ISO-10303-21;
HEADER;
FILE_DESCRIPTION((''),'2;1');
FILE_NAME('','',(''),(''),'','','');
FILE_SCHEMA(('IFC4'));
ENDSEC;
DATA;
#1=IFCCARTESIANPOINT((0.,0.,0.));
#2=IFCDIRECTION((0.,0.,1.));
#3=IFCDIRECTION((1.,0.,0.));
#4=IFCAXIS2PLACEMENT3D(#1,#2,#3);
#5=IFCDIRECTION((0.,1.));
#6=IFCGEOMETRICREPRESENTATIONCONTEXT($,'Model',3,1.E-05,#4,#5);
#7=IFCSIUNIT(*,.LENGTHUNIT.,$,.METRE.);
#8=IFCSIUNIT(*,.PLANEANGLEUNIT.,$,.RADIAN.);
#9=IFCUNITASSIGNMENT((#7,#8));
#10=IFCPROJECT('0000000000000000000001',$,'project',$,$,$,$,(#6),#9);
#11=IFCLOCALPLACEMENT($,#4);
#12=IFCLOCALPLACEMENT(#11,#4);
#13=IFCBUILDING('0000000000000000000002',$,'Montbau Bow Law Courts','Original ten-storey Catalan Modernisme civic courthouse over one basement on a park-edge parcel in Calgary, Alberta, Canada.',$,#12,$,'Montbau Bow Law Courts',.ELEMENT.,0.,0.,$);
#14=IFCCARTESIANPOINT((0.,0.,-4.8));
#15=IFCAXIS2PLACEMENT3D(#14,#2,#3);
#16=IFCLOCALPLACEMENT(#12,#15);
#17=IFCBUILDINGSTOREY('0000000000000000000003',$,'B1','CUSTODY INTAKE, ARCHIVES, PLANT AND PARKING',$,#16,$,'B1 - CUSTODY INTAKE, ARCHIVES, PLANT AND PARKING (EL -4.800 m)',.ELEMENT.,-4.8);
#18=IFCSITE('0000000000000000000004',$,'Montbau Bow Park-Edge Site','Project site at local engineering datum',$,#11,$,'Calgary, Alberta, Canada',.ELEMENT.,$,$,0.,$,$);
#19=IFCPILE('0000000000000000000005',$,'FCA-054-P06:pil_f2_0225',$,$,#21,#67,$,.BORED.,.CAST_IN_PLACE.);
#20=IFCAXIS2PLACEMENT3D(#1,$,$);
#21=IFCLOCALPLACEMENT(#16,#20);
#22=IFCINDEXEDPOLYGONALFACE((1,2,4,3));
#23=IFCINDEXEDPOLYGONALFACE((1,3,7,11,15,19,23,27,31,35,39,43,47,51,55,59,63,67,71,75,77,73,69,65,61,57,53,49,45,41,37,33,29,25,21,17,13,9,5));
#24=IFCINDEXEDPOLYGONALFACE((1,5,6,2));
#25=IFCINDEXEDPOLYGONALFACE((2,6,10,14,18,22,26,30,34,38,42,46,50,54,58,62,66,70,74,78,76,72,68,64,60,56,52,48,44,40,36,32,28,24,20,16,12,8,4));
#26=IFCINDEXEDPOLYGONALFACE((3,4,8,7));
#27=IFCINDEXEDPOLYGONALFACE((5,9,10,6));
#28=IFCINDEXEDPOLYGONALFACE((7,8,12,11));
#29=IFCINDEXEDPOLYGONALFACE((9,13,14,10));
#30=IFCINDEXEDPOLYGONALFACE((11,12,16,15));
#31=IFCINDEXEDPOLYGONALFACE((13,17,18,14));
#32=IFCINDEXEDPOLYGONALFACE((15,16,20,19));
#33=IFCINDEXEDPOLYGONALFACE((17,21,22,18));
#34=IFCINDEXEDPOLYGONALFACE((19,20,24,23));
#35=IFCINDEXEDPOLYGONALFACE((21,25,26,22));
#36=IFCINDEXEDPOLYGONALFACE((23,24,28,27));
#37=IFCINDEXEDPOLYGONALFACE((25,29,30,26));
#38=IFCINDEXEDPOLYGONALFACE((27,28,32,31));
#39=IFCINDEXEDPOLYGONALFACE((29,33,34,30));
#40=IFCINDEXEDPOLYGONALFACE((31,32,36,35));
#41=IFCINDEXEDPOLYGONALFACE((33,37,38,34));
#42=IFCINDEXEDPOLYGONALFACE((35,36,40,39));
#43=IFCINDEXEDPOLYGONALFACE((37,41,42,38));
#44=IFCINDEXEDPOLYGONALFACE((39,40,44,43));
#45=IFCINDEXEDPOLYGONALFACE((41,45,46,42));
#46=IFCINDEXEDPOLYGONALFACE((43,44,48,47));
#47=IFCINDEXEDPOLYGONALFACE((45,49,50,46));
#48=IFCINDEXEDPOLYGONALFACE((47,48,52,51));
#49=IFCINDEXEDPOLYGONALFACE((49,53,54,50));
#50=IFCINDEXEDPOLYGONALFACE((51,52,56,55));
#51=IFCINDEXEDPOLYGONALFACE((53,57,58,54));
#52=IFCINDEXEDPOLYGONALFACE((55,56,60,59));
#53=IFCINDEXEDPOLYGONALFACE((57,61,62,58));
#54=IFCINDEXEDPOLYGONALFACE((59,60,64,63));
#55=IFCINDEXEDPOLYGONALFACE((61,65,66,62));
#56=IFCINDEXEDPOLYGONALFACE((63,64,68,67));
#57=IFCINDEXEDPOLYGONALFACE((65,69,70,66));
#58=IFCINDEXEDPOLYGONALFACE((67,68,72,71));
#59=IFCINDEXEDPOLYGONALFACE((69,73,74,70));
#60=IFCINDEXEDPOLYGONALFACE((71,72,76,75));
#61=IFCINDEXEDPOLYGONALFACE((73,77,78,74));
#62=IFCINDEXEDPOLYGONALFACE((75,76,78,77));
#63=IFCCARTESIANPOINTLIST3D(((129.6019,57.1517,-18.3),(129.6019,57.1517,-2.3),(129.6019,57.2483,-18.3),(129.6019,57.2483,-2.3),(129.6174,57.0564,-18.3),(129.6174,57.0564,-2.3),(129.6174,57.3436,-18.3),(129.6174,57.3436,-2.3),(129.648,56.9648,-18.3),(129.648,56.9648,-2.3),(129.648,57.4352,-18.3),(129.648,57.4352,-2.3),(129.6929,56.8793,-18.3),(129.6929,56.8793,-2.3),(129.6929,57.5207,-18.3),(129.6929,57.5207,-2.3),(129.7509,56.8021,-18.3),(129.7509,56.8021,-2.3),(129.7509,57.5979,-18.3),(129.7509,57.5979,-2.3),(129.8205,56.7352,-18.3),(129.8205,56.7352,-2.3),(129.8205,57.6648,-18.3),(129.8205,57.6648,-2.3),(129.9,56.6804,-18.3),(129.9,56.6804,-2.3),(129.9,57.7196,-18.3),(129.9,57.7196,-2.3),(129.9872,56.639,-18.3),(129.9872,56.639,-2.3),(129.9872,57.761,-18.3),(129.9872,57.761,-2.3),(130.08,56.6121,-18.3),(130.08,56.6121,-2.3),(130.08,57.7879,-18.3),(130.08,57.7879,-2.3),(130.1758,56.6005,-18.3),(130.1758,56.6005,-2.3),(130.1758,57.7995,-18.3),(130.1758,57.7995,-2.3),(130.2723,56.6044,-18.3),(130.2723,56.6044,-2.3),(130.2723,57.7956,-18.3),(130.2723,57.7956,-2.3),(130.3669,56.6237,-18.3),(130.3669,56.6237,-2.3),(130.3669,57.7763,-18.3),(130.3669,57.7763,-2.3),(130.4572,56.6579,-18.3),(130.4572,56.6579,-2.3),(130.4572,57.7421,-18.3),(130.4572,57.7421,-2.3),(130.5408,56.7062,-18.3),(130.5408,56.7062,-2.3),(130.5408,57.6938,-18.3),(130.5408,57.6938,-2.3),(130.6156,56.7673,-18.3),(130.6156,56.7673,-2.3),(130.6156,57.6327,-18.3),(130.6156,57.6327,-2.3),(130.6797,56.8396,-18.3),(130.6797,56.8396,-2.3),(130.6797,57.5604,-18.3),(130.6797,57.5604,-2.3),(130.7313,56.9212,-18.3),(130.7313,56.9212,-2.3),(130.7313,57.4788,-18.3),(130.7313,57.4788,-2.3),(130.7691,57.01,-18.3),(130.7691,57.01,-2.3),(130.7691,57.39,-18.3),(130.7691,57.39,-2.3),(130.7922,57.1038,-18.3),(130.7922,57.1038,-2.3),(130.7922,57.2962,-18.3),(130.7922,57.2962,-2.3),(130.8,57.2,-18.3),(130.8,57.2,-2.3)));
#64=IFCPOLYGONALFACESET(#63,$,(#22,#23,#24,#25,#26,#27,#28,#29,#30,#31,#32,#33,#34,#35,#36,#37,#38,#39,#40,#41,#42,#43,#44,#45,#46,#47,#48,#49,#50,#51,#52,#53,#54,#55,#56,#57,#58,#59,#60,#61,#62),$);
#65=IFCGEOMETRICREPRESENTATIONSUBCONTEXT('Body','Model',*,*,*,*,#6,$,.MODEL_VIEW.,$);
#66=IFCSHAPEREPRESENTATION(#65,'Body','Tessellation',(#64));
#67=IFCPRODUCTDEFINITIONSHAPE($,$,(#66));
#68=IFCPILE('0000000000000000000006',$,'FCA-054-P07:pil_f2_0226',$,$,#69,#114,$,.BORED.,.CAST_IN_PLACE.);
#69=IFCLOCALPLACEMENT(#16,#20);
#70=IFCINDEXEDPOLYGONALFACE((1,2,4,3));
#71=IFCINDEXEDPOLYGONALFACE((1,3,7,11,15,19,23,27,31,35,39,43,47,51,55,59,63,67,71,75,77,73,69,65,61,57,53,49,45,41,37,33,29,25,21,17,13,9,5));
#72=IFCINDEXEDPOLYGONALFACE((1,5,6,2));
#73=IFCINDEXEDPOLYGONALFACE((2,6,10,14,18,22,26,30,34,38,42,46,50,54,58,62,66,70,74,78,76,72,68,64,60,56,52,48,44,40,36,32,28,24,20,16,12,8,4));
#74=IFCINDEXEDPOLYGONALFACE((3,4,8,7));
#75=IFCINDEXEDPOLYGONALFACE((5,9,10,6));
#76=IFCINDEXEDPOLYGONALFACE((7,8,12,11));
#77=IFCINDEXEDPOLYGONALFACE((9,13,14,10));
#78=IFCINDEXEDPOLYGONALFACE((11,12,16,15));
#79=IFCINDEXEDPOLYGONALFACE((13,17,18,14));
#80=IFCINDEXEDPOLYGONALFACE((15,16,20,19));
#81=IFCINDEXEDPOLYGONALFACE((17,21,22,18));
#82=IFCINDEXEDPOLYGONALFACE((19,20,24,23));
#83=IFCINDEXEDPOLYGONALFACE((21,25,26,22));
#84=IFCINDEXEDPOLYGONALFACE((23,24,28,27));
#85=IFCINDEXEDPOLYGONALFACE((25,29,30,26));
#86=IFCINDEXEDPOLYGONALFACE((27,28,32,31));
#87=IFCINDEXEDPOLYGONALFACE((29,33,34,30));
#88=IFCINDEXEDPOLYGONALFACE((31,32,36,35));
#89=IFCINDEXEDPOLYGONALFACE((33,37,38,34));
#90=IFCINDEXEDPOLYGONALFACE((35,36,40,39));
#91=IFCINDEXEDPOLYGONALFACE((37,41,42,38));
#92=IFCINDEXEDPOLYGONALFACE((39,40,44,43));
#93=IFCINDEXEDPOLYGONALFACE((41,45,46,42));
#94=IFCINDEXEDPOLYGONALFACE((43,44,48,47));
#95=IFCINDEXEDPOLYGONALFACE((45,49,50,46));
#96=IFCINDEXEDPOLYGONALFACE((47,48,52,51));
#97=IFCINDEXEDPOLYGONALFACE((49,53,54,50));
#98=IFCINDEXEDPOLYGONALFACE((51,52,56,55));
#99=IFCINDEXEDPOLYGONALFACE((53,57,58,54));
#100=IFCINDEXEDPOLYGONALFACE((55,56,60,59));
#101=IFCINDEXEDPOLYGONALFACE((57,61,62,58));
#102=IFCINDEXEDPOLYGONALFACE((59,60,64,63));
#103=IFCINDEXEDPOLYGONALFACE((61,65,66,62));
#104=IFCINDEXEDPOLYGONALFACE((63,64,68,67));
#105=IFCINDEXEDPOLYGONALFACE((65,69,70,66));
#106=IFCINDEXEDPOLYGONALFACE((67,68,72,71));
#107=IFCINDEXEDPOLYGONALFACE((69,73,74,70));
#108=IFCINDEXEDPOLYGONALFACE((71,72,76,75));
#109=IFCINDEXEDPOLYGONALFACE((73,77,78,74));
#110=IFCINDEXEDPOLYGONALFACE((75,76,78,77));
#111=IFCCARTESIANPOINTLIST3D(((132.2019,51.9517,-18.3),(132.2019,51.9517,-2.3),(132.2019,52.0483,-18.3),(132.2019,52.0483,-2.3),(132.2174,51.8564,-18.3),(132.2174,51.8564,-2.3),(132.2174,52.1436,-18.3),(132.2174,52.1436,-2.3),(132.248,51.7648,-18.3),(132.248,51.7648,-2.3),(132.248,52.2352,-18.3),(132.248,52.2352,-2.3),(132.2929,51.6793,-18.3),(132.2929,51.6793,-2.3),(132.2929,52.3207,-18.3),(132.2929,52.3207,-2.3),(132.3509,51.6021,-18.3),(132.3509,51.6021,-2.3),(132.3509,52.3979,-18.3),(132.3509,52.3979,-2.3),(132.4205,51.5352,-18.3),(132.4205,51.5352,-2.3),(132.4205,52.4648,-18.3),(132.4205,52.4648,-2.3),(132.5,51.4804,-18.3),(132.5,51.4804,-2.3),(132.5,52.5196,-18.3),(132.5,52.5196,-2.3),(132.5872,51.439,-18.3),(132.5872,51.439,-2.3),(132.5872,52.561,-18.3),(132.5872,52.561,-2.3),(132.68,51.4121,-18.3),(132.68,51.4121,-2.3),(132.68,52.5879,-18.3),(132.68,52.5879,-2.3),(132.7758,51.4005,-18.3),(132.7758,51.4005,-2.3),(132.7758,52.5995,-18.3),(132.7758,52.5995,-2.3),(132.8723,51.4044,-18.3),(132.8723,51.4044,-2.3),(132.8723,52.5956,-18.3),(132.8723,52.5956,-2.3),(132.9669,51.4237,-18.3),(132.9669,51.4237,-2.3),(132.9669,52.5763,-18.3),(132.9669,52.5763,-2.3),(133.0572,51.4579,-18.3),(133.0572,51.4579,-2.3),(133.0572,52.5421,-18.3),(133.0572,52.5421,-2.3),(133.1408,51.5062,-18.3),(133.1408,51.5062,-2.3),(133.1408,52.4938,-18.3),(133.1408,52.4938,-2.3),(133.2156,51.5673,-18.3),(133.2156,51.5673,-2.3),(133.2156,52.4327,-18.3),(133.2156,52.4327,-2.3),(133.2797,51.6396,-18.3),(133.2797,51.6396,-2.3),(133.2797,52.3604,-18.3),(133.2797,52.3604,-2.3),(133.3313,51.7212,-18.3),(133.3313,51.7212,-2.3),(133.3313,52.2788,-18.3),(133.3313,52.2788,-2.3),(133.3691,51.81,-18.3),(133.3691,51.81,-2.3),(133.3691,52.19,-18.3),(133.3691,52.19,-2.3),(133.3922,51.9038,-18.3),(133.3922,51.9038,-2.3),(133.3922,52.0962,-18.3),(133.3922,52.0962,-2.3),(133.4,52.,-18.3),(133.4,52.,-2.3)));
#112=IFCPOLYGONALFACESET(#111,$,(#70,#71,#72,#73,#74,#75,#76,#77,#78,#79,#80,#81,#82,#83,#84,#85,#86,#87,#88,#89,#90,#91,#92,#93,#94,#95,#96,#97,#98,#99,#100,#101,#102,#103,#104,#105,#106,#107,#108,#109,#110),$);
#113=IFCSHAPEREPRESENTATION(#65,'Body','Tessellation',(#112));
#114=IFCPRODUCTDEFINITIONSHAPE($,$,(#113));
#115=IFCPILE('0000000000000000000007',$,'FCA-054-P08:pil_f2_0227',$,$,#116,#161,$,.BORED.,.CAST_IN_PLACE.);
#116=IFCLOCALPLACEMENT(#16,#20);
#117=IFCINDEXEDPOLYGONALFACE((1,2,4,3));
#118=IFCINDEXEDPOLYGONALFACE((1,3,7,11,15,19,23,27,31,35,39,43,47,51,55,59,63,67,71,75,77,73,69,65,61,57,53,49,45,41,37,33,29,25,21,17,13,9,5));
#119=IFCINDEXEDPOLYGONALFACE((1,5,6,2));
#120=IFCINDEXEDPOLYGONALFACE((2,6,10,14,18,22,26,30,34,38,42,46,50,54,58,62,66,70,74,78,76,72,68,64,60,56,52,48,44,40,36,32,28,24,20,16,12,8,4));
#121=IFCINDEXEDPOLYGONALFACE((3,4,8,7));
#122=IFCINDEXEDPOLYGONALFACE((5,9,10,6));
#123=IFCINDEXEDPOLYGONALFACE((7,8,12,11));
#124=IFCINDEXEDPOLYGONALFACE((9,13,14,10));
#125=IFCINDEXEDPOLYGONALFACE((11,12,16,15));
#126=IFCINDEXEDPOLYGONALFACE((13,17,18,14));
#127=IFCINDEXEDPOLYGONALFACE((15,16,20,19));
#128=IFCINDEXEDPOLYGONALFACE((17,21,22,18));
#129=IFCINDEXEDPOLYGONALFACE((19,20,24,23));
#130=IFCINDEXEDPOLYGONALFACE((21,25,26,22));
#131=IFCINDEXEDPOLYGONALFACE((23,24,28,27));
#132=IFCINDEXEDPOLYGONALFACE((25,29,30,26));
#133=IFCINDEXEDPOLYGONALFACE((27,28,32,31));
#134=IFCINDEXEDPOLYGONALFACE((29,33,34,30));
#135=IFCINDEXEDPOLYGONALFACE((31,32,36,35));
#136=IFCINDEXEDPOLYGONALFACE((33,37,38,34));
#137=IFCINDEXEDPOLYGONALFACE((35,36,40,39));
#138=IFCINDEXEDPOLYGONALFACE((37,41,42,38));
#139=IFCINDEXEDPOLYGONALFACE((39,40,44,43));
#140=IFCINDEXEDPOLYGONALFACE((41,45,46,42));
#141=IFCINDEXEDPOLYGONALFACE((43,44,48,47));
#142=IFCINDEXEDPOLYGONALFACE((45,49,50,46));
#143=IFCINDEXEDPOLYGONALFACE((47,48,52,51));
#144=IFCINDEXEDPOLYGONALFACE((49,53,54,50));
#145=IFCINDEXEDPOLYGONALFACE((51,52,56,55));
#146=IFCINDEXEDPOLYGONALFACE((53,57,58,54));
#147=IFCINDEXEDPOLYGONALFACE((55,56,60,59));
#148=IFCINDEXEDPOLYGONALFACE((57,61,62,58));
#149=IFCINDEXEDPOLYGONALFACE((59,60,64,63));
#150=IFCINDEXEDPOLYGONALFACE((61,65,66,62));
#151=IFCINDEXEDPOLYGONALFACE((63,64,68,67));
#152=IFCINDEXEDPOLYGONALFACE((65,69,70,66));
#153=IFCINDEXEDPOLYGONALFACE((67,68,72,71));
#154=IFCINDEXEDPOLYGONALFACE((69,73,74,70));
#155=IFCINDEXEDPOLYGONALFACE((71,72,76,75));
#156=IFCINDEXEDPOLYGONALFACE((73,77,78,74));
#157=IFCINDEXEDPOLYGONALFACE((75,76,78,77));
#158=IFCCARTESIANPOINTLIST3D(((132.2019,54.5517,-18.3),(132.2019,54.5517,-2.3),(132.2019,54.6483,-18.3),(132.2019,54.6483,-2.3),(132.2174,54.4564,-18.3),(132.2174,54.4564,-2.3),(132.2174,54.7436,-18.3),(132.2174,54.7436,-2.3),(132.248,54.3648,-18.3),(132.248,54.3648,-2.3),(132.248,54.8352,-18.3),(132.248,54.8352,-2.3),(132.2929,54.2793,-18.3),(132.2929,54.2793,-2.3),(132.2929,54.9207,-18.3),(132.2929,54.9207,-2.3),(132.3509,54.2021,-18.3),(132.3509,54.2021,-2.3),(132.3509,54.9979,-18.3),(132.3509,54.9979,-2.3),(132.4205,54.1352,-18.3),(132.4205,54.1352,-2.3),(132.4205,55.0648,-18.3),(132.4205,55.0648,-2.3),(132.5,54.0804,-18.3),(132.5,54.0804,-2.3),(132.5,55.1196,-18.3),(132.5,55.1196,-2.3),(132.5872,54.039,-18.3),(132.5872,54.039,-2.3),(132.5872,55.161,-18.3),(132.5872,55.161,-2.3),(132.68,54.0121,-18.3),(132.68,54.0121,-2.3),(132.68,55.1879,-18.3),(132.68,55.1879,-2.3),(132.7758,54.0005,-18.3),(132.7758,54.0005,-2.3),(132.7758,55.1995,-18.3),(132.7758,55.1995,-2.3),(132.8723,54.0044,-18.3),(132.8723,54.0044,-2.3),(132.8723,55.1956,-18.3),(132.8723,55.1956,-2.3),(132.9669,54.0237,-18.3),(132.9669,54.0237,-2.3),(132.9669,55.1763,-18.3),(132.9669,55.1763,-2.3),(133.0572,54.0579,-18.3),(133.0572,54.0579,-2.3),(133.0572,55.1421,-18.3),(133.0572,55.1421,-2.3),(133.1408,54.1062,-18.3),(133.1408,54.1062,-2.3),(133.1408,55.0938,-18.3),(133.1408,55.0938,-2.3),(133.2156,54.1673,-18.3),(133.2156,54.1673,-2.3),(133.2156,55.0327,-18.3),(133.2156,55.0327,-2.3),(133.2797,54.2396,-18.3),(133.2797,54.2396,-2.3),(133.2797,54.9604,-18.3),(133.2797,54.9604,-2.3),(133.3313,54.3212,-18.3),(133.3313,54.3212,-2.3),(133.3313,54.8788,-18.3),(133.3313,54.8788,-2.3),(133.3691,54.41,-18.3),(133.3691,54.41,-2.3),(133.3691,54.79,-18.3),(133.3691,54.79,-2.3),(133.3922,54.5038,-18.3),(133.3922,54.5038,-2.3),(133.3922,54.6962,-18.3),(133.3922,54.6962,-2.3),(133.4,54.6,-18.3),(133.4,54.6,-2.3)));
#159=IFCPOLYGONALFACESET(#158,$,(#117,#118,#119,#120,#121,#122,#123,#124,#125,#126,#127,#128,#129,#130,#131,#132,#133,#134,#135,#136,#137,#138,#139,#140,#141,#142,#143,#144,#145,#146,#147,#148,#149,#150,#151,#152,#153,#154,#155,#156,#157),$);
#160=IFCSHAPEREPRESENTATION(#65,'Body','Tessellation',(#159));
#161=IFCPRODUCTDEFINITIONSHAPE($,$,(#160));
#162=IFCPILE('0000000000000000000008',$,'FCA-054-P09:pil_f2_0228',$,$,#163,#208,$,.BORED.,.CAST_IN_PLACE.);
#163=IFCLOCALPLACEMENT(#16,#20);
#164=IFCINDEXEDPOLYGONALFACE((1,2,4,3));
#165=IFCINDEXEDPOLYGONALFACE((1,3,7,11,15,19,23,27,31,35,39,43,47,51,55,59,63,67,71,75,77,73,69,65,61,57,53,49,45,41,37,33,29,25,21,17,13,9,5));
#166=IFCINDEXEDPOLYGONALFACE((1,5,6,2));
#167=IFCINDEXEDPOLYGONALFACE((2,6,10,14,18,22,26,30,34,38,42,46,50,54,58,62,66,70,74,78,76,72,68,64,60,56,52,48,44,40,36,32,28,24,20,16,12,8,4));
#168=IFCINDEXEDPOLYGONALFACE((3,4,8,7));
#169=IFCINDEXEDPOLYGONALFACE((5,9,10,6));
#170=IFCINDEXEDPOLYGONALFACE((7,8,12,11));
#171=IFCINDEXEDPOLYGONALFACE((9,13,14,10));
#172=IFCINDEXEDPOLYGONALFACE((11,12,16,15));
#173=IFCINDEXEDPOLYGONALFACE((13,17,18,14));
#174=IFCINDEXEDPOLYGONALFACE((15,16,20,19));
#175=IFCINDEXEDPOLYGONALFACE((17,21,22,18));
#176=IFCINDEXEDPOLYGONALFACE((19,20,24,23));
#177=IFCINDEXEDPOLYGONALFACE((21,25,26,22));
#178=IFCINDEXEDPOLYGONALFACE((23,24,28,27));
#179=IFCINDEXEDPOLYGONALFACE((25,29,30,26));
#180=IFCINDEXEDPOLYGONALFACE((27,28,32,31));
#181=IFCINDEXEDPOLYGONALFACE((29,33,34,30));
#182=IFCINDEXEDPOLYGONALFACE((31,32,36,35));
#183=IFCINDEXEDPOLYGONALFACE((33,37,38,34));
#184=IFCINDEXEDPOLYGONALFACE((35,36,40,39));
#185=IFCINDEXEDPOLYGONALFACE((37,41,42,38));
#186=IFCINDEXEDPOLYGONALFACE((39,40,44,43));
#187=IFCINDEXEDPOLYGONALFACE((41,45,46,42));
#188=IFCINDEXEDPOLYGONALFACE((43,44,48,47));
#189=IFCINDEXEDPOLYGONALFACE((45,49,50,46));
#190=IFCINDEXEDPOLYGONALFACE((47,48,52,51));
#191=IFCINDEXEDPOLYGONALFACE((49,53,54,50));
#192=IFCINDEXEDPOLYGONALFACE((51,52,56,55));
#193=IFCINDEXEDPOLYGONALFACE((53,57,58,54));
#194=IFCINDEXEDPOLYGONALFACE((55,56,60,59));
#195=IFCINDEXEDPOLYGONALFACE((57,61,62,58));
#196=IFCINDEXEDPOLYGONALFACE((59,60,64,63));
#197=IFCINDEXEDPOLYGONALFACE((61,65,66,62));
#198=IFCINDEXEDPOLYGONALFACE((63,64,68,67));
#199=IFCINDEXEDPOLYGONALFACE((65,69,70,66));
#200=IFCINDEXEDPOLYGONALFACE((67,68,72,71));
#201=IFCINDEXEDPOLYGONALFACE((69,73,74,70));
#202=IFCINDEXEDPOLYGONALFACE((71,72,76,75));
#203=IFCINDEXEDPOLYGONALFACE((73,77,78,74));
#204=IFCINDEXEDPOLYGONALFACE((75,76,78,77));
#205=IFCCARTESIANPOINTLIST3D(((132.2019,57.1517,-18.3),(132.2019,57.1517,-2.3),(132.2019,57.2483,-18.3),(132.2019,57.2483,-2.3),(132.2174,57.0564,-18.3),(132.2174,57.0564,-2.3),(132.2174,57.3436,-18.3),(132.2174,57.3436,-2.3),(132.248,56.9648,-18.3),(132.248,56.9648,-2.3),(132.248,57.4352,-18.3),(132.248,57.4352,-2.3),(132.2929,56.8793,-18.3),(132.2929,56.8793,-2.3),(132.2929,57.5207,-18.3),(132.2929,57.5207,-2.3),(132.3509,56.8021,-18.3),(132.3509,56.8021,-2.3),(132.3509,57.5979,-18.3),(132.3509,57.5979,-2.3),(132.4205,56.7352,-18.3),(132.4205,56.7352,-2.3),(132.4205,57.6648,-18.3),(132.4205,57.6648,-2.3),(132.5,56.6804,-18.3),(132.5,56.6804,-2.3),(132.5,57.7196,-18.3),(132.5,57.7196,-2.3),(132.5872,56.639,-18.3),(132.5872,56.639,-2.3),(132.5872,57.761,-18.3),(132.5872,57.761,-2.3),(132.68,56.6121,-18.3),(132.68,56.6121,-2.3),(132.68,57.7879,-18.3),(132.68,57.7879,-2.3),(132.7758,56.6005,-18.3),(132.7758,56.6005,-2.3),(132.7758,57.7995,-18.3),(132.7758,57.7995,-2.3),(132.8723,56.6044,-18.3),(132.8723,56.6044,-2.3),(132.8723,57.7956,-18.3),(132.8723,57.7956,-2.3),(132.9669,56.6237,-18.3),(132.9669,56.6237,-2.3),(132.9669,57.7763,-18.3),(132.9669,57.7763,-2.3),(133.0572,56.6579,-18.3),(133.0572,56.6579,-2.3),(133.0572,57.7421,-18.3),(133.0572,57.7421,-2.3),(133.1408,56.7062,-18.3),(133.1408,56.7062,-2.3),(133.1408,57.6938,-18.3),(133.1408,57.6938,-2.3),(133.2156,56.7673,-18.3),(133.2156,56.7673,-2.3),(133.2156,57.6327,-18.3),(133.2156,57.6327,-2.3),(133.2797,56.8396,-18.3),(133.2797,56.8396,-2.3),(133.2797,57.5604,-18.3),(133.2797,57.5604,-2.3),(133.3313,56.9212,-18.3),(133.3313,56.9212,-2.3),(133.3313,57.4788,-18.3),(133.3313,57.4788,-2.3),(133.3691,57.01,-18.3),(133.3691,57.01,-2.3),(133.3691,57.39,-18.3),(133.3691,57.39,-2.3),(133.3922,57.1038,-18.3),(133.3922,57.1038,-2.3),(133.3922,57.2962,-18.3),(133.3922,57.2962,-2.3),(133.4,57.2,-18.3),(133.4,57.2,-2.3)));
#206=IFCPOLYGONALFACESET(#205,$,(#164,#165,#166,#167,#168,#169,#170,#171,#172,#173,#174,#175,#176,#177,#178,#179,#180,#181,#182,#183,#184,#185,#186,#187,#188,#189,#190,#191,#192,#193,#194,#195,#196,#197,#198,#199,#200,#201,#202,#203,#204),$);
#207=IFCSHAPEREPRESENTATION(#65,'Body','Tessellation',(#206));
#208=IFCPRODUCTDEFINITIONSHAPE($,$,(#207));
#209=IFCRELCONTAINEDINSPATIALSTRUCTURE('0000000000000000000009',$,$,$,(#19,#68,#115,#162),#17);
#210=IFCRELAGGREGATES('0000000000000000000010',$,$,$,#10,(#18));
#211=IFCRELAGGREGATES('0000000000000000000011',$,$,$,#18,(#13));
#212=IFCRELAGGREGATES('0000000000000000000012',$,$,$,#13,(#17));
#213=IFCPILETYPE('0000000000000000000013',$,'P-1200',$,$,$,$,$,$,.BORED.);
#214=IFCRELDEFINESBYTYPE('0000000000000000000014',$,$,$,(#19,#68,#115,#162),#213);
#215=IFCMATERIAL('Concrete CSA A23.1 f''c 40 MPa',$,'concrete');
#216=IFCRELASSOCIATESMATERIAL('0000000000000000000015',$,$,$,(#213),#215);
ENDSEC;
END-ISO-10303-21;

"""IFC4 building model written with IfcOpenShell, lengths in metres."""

from ifc_helpers import new_model, si_unit, direction, frame, origin_with_axes, origin_2d_with_axis, place, context, subcontext, project, spatial, circle, extrude, material, material_profile, profile_set, type_object, element, save


model = new_model("IFC4")

# Units and contexts
model_context = context("Model", 3, precision=1e-05, world=origin_with_axes(), true_north=direction((0.0, 1.0)))
body_context = subcontext(model_context, "Body", "Model", "MODEL_VIEW")
ifc_project = project(units=[si_unit("LENGTHUNIT", "METRE"), si_unit("PLANEANGLEUNIT", "RADIAN")], contexts=[model_context])

# Site, building, storey
site_placement = place(None, origin_with_axes())
site = spatial("IfcSite", under=ifc_project, at=site_placement, Name="Montbau Bow Park-Edge Site", Description="Project site at local engineering datum", LongName="Calgary, Alberta, Canada", CompositionType="ELEMENT", RefElevation=0.0)
building_placement = place(site_placement, origin_with_axes())
building = spatial("IfcBuilding", under=site, at=building_placement, Name="Montbau Bow Law Courts", Description="Original ten-storey Catalan Modernisme civic courthouse over one basement on a park-edge parcel in Calgary, Alberta, Canada.", LongName="Montbau Bow Law Courts", CompositionType="ELEMENT", ElevationOfRefHeight=0.0, ElevationOfTerrain=0.0)
storey_placement = place(building_placement, frame((0.0, 0.0, -4.8), z_axis=(0.0, 0.0, 1.0), x_axis=(1.0, 0.0, 0.0)))
storey = spatial("IfcBuildingStorey", under=building, at=storey_placement, Name="B1", Description="CUSTODY INTAKE, ARCHIVES, PLANT AND PARKING", LongName="B1 - CUSTODY INTAKE, ARCHIVES, PLANT AND PARKING (EL -4.800 m)", CompositionType="ELEMENT", Elevation=-4.8)

# Piles
ifc_material_1 = material(Name="Concrete CSA A23.1 f'c 40 MPa", Category="concrete")
ifc_material_profile_1 = material_profile(ifc_material_1, circle(Radius=0.6, at=origin_2d_with_axis()), Name="BP1200", Category="Main", Priority=0)
ifc_profile_set_1 = profile_set([ifc_material_profile_1], Name="Concrete CSA A23.1 f'c 40 MPa")
pile_type_1 = type_object("IfcPileType", Name="P-1200", PredefinedType="BORED", material=ifc_profile_set_1)
for number, where, z_axis, x_axis, name in (
    (1, (130.2, 57.2, -23.1), (0.0, 0.0, 1.0), (1.0, 0.0, 0.0), "FCA-054-P06:pil_f2_0225"),
    (2, (132.8, 52.0, -23.1), (0.0, 0.0, 1.0), (1.0, 0.0, 0.0), "FCA-054-P07:pil_f2_0226"),
    (3, (132.8, 54.6, -23.1), (0.0, 0.0, 1.0), (1.0, 0.0, 0.0), "FCA-054-P08:pil_f2_0227"),
    (4, (132.8, 57.2, -23.1), (0.0, 0.0, 1.0), (1.0, 0.0, 0.0), "FCA-054-P09:pil_f2_0228"),
):
    element("IfcPile", number, at=place(None, frame(where, z_axis=z_axis, x_axis=x_axis)), inside=storey, type_object=pile_type_1, Name=name, ConstructionType="CAST_IN_PLACE", PredefinedType="BORED", context=body_context, shape_type="SweptSolid", body=[
        extrude(circle(Radius=0.6, at=origin_2d_with_axis()), origin_with_axes(), (0.0, 0.0, 1.0), 16.0),
    ])

save(model, "model.ifc")
